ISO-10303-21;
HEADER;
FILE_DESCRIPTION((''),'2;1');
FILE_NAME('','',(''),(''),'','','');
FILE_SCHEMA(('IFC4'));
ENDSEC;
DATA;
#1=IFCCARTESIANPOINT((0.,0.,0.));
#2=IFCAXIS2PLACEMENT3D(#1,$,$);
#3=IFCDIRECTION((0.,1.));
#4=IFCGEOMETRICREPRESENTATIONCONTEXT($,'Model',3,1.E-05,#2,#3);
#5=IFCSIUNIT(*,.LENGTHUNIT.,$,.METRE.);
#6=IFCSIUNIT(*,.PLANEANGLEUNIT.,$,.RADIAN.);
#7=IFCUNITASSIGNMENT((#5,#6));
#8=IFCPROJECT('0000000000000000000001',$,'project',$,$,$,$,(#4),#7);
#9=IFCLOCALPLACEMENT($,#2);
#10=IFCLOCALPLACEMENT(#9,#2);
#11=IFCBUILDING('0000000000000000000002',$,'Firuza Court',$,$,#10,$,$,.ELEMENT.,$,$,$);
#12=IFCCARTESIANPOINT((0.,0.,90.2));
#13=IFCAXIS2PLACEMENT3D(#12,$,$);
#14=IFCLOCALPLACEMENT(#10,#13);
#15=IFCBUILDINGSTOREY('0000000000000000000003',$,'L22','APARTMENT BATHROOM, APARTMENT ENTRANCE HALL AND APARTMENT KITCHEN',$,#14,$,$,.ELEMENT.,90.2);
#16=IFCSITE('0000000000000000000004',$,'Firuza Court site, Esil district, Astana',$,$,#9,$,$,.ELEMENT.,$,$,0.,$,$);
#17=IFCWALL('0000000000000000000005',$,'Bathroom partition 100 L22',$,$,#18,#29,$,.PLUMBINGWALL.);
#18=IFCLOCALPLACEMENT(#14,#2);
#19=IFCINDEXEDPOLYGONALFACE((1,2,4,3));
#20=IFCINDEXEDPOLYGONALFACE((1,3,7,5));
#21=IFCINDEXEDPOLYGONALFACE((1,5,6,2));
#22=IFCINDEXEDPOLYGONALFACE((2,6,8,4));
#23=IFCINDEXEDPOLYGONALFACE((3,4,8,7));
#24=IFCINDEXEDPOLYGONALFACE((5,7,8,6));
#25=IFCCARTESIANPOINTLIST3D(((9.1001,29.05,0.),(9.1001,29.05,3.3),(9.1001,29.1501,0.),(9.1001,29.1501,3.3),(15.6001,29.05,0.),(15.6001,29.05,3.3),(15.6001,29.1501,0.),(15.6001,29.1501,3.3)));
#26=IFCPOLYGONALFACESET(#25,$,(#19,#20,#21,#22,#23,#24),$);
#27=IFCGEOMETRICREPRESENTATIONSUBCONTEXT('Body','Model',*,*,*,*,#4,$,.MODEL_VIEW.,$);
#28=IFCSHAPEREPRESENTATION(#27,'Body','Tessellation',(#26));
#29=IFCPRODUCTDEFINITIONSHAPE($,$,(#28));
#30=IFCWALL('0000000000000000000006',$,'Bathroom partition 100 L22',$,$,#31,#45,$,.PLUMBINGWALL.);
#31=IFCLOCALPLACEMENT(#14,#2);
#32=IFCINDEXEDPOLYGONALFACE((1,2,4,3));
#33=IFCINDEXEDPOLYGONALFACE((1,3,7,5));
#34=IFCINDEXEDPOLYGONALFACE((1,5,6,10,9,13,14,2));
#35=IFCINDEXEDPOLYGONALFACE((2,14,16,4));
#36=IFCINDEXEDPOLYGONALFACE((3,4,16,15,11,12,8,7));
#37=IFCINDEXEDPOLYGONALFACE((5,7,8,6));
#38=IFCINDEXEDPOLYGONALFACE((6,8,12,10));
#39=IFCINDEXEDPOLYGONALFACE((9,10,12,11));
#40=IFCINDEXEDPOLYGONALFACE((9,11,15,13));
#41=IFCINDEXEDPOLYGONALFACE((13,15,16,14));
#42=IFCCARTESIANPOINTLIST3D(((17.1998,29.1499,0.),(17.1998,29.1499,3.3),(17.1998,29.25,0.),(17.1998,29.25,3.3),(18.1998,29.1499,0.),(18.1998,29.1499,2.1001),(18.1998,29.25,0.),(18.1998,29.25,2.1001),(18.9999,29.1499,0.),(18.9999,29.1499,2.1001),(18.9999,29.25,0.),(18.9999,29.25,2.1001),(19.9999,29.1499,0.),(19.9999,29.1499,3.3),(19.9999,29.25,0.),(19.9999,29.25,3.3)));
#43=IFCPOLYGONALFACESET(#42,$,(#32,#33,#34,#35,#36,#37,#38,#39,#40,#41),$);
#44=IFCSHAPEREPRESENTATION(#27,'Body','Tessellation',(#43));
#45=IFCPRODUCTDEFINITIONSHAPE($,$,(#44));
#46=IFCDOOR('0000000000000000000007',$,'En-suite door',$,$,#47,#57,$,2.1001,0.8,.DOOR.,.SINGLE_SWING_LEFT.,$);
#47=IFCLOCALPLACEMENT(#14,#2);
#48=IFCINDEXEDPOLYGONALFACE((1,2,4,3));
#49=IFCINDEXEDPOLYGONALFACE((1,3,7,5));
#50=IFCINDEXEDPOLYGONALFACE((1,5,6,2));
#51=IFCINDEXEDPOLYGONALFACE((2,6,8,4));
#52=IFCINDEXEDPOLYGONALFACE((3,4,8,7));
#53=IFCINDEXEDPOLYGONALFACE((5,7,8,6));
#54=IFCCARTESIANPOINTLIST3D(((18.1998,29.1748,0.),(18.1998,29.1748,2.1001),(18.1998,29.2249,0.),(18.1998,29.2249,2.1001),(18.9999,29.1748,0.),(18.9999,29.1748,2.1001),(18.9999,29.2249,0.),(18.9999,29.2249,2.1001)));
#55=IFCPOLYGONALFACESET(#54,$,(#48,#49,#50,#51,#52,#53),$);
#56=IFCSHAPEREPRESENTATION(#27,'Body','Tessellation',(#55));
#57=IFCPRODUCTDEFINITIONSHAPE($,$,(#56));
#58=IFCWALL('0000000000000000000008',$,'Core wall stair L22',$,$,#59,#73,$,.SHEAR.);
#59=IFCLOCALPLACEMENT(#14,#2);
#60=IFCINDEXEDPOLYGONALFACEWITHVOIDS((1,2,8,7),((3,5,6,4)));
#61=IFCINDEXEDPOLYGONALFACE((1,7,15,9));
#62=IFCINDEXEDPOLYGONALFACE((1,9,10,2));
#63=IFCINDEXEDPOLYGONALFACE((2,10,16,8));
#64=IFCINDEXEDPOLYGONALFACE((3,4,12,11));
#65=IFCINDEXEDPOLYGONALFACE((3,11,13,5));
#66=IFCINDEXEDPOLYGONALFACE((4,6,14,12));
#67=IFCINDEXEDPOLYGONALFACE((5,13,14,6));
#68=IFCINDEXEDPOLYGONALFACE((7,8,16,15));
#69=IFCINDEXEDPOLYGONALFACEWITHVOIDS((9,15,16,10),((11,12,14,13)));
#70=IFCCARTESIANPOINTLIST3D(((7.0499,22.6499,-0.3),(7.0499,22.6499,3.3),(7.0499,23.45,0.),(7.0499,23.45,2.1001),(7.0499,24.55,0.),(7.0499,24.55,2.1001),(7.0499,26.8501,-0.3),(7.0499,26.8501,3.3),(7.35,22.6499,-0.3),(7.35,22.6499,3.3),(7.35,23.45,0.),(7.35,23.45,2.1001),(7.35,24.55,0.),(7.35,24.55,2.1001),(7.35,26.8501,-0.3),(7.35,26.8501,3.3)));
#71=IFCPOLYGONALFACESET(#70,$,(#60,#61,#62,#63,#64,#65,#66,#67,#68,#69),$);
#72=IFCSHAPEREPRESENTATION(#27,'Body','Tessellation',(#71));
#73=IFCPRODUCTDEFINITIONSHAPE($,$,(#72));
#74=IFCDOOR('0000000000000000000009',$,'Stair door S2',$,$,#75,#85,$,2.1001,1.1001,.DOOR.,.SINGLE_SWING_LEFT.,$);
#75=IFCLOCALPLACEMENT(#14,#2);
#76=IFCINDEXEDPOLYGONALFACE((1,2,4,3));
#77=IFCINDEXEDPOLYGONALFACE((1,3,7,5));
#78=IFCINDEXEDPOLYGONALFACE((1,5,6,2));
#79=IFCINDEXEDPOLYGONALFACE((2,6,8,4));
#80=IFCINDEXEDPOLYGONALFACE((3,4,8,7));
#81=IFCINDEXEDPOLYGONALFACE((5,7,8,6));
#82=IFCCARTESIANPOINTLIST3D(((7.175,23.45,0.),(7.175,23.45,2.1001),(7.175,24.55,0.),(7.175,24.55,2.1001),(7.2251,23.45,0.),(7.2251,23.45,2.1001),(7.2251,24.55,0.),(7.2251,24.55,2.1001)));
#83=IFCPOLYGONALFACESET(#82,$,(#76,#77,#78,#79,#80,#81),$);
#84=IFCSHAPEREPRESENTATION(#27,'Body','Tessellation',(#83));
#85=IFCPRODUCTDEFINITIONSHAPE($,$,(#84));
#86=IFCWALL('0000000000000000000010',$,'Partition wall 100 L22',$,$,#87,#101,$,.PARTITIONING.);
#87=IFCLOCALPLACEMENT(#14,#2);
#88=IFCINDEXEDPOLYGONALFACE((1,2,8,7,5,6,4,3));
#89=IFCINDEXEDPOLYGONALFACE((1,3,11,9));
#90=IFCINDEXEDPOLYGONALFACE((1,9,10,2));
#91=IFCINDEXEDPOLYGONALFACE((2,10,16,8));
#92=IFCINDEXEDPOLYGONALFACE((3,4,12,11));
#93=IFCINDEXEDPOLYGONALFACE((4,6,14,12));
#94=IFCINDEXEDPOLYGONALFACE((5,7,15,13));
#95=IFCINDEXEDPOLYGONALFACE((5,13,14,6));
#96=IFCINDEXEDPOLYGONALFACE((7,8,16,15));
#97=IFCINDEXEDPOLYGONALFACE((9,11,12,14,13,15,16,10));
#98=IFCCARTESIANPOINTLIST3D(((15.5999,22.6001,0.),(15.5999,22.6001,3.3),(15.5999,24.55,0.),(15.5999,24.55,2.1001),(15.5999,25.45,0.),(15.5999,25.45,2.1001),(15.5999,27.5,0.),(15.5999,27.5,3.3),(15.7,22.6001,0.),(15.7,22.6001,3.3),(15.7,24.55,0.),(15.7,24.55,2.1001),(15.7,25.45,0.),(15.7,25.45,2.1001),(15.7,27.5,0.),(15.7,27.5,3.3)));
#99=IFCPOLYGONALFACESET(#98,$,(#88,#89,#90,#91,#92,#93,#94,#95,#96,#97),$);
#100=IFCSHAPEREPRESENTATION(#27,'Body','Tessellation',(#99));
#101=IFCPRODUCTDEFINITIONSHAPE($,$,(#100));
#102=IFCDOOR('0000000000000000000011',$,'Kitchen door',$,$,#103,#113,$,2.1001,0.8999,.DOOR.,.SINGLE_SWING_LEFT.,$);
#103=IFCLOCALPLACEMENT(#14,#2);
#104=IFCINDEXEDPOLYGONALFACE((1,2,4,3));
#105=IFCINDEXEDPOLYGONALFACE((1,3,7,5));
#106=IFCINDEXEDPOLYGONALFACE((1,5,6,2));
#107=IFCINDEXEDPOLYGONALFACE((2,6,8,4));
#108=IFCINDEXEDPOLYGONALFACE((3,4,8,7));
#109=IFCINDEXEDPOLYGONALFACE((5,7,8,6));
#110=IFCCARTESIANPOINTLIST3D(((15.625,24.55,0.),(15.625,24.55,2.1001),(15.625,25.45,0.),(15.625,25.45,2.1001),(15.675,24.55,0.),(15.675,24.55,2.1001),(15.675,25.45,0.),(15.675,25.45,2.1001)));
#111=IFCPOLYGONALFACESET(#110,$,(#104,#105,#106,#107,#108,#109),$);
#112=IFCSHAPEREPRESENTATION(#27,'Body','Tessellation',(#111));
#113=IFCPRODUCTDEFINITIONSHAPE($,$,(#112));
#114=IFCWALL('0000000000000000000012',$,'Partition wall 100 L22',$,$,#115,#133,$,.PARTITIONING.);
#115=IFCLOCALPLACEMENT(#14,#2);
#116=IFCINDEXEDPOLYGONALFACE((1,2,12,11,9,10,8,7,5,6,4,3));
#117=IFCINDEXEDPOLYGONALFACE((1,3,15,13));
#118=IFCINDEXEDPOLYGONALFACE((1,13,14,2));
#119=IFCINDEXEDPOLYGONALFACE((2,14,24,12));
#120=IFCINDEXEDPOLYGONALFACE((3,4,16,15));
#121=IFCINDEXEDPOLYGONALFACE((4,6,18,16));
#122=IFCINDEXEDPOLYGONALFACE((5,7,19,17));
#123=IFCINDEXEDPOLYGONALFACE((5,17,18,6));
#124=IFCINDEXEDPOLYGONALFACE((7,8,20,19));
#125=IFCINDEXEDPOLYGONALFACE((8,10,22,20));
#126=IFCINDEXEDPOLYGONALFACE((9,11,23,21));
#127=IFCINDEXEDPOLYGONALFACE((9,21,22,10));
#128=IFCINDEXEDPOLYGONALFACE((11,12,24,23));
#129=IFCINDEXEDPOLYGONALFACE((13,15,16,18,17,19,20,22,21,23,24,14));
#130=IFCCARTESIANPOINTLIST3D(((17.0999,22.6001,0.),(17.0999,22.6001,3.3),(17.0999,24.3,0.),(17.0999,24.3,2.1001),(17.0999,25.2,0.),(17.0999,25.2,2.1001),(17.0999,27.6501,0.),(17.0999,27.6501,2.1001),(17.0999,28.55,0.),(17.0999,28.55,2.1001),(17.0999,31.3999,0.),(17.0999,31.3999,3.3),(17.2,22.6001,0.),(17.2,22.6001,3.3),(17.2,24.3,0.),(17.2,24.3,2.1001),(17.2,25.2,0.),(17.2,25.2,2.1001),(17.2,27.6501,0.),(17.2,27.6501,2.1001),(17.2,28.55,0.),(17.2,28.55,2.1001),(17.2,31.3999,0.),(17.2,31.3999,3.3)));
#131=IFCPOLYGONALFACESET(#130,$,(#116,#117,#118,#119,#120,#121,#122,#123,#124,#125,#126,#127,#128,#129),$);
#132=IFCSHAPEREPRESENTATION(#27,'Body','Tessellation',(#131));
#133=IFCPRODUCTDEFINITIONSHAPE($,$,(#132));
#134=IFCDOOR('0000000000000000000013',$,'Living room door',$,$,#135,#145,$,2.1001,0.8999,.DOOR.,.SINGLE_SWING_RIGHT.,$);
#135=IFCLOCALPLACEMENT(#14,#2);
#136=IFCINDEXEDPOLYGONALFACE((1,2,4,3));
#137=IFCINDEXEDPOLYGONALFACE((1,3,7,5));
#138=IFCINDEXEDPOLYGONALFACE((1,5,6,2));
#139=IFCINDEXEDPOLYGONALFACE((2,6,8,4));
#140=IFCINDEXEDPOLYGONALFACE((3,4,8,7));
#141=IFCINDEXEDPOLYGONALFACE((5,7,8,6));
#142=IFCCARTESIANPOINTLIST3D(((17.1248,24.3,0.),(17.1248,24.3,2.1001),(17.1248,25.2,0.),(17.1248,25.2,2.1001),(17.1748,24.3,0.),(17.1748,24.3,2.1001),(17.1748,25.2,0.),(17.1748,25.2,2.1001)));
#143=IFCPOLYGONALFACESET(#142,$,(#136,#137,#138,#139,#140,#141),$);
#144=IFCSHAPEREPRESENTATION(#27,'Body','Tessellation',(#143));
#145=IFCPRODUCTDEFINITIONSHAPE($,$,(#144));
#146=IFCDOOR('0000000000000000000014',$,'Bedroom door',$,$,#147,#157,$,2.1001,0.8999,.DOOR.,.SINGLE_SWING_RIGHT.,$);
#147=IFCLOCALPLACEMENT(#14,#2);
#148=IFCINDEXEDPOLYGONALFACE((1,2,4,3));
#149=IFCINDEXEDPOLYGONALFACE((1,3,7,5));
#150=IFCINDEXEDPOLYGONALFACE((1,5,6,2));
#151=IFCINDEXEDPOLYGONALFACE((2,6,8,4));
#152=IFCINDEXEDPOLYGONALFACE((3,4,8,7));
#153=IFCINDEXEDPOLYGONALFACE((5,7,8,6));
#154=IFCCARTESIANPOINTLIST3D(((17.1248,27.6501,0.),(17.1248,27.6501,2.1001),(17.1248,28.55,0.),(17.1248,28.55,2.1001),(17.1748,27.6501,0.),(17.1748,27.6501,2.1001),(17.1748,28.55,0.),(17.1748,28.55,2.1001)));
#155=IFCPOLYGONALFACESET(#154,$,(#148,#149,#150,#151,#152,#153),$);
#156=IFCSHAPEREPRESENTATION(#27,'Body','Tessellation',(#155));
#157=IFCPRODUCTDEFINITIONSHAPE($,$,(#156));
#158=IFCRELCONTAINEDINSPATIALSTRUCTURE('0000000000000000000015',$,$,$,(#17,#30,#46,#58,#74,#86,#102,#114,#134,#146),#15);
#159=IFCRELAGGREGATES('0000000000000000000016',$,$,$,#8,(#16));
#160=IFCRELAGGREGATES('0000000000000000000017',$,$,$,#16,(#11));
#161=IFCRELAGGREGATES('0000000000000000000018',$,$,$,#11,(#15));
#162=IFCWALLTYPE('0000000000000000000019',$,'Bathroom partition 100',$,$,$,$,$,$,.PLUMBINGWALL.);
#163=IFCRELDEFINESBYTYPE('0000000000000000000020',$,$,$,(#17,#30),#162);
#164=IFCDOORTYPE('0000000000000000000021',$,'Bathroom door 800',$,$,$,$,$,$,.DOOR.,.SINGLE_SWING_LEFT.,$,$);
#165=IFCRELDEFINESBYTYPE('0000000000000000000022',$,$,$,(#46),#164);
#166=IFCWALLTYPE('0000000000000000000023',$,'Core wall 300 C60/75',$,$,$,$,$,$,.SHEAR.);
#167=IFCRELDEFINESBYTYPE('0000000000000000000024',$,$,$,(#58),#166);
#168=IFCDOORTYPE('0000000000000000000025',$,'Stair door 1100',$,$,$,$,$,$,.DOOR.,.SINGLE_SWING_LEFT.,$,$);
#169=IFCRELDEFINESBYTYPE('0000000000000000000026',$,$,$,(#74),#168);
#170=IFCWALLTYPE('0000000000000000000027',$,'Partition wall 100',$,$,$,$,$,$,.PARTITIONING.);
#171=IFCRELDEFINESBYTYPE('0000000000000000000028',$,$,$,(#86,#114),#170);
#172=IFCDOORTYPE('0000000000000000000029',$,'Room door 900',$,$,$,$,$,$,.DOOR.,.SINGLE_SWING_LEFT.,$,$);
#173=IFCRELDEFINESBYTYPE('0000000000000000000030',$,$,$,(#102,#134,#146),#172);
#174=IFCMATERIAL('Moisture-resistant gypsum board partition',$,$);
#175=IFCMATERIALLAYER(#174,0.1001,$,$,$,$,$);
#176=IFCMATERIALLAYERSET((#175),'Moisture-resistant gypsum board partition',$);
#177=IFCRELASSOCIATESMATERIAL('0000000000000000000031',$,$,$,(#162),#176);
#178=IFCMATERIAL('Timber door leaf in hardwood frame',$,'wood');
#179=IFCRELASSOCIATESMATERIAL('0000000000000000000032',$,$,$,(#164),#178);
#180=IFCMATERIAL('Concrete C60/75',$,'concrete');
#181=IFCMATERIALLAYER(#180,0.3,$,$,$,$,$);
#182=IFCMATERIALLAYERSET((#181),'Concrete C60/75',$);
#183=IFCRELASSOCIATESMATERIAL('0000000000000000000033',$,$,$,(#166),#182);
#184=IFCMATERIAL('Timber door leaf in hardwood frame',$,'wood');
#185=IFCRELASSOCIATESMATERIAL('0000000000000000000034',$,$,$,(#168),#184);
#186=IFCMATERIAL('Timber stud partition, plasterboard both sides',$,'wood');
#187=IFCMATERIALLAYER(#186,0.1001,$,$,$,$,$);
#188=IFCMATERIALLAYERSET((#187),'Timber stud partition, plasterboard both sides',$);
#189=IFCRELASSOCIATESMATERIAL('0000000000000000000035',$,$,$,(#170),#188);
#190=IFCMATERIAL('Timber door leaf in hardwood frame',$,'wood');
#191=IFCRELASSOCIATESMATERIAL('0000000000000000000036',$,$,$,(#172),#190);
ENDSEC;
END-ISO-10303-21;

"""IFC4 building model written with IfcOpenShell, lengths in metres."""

from ifc_helpers import new_model, si_unit, direction, frame, frame_2d, origin, place, context, subcontext, project, spatial, rectangle, extrude, material, layer, layer_set, type_object, element, fill, save


model = new_model("IFC4")

# Units and contexts
model_context = context("Model", 3, precision=1e-05, world=origin(), true_north=direction((0.0, 1.0)))
body_context = subcontext(model_context, "Body", "Model", "MODEL_VIEW")
ifc_project = project(units=[si_unit("LENGTHUNIT", "METRE"), si_unit("PLANEANGLEUNIT", "RADIAN")], contexts=[model_context])

# Site, building, storey
site_placement = place(None, origin())
site = spatial("IfcSite", under=ifc_project, at=site_placement, Name="Firuza Court site, Esil district, Astana", CompositionType="ELEMENT", RefElevation=0.0)
building_placement = place(site_placement, origin())
building = spatial("IfcBuilding", under=site, at=building_placement, Name="Firuza Court", CompositionType="ELEMENT")
storey_placement = place(building_placement, frame((0.0, 0.0, 90.2)))
storey = spatial("IfcBuildingStorey", under=building, at=storey_placement, Name="L22", Description="APARTMENT BATHROOM, APARTMENT ENTRANCE HALL AND APARTMENT KITCHEN", CompositionType="ELEMENT", Elevation=90.2)

# Wall
ifc_material_1 = material(Name="Moisture-resistant gypsum board partition")
ifc_layer_1 = layer(ifc_material_1, 0.1001)
ifc_layer_set_1 = layer_set([ifc_layer_1], Name="Moisture-resistant gypsum board partition")
wall_type_1 = type_object("IfcWallType", Name="Bathroom partition 100", PredefinedType="PLUMBINGWALL", material=ifc_layer_set_1)
wall_1_placement = place(storey_placement, frame((9.1001, 29.1001, 0.0), z_axis=(0.0, 0.0, 1.0), x_axis=(1.0, 0.0, 0.0)))
element("IfcWall", 1, at=wall_1_placement, inside=storey, type_object=wall_type_1, Name="Bathroom partition 100 L22", PredefinedType="PLUMBINGWALL", context=body_context, shape_type="SweptSolid", body=[
    extrude(rectangle(XDim=6.5, YDim=0.1001, at=frame_2d((3.25, 0.0))), origin(), (0.0, 0.0, 1.0), 3.3),
])

# Walls, openings, doors
wall_2_placement = place(storey_placement, frame((17.2, 29.2, 0.0), z_axis=(0.0, 0.0, 1.0), x_axis=(1.0, 0.0, 0.0)))
wall_2 = element("IfcWall", 2, at=wall_2_placement, inside=storey, type_object=wall_type_1, Name="Bathroom partition 100 L22", PredefinedType="PLUMBINGWALL", context=body_context, shape_type="SweptSolid", body=[
    extrude(rectangle(XDim=2.8, YDim=0.1001, at=frame_2d((1.3999, 0.0))), origin(), (0.0, 0.0, 1.0), 3.3),
])
opening_1_placement = place(wall_2_placement, frame((1.0, 0.0, 0.0)))
opening_1 = element("IfcOpeningElement", 3, at=opening_1_placement, cuts=wall_2, PredefinedType="OPENING", context=body_context, shape_type="SweptSolid", body=[
    extrude(rectangle(XDim=0.8, YDim=2.1001, at=frame_2d((0.3999, 1.05))), frame((0.0, 0.062, 0.0), z_axis=(0.0, -1.0, 0.0), x_axis=(1.0, 0.0, 0.0)), (0.0, 0.0, 1.0), 0.124),
])
ifc_material_2 = material(Name="Timber door leaf in hardwood frame", Category="wood")
door_type_1 = type_object("IfcDoorType", Name="Bathroom door 800", OperationType="SINGLE_SWING_LEFT", PredefinedType="DOOR", material=ifc_material_2)
door_1_placement = place(opening_1_placement, origin())
door_1 = element("IfcDoor", 4, at=door_1_placement, inside=storey, type_object=door_type_1, Name="En-suite door", OperationType="SINGLE_SWING_LEFT", OverallHeight=2.1001, OverallWidth=0.8, PredefinedType="DOOR", context=body_context, shape_type="SweptSolid", body=[
    extrude(rectangle(XDim=0.8, YDim=2.1001, at=frame_2d((0.3999, 1.05))), frame((0.0, 0.0249, 0.0), z_axis=(0.0, -1.0, 0.0), x_axis=(1.0, 0.0, 0.0)), (0.0, 0.0, 1.0), 0.05),
])
fill(opening_1, door_1)
ifc_material_3 = material(Name="Concrete C60/75", Category="concrete")
ifc_layer_2 = layer(ifc_material_3, 0.3)
ifc_layer_set_2 = layer_set([ifc_layer_2], Name="Concrete C60/75")
wall_type_2 = type_object("IfcWallType", Name="Core wall 300 C60/75", PredefinedType="SHEAR", material=ifc_layer_set_2)
wall_3_placement = place(storey_placement, frame((7.2, 22.6499, -0.3), z_axis=(0.0, 0.0, 1.0), x_axis=(0.0, 1.0, 0.0)))
wall_3 = element("IfcWall", 5, at=wall_3_placement, inside=storey, type_object=wall_type_2, Name="Core wall stair L22", PredefinedType="SHEAR", context=body_context, shape_type="SweptSolid", body=[
    extrude(rectangle(XDim=4.2002, YDim=0.3, at=frame_2d((2.1001, 0.0))), origin(), (0.0, 0.0, 1.0), 3.6001),
])
opening_2_placement = place(wall_3_placement, frame((0.8, 0.0, 0.3)))
opening_2 = element("IfcOpeningElement", 6, at=opening_2_placement, cuts=wall_3, PredefinedType="OPENING", context=body_context, shape_type="SweptSolid", body=[
    extrude(rectangle(XDim=1.1001, YDim=2.1001, at=frame_2d((0.55, 1.05))), frame((0.0, 0.1621, 0.0), z_axis=(0.0, -1.0, 0.0), x_axis=(1.0, 0.0, 0.0)), (0.0, 0.0, 1.0), 0.324),
])
ifc_material_4 = material(Name="Timber door leaf in hardwood frame", Category="wood")
door_type_2 = type_object("IfcDoorType", Name="Stair door 1100", OperationType="SINGLE_SWING_LEFT", PredefinedType="DOOR", material=ifc_material_4)
door_2_placement = place(opening_2_placement, origin())
door_2 = element("IfcDoor", 7, at=door_2_placement, inside=storey, type_object=door_type_2, Name="Stair door S2", OperationType="SINGLE_SWING_LEFT", OverallHeight=2.1001, OverallWidth=1.1001, PredefinedType="DOOR", context=body_context, shape_type="SweptSolid", body=[
    extrude(rectangle(XDim=1.1001, YDim=2.1001, at=frame_2d((0.55, 1.05))), frame((0.0, 0.0249, 0.0), z_axis=(0.0, -1.0, 0.0), x_axis=(1.0, 0.0, 0.0)), (0.0, 0.0, 1.0), 0.05),
])
fill(opening_2, door_2)
ifc_material_5 = material(Name="Timber stud partition, plasterboard both sides", Category="wood")
ifc_layer_3 = layer(ifc_material_5, 0.1001)
ifc_layer_set_3 = layer_set([ifc_layer_3], Name="Timber stud partition, plasterboard both sides")
wall_type_3 = type_object("IfcWallType", Name="Partition wall 100", PredefinedType="PARTITIONING", material=ifc_layer_set_3)
wall_4_placement = place(storey_placement, frame((15.6499, 22.6001, 0.0), z_axis=(0.0, 0.0, 1.0), x_axis=(0.0, 1.0, 0.0)))
wall_4 = element("IfcWall", 8, at=wall_4_placement, inside=storey, type_object=wall_type_3, Name="Partition wall 100 L22", PredefinedType="PARTITIONING", context=body_context, shape_type="SweptSolid", body=[
    extrude(rectangle(XDim=4.8999, YDim=0.1001, at=frame_2d((2.45, 0.0))), origin(), (0.0, 0.0, 1.0), 3.3),
])
opening_3_placement = place(wall_4_placement, frame((1.95, 0.0, 0.0)))
opening_3 = element("IfcOpeningElement", 9, at=opening_3_placement, cuts=wall_4, PredefinedType="OPENING", context=body_context, shape_type="SweptSolid", body=[
    extrude(rectangle(XDim=0.8999, YDim=2.1001, at=frame_2d((0.45, 1.05))), frame((0.0, 0.062, 0.0), z_axis=(0.0, -1.0, 0.0), x_axis=(1.0, 0.0, 0.0)), (0.0, 0.0, 1.0), 0.124),
])
ifc_material_6 = material(Name="Timber door leaf in hardwood frame", Category="wood")
door_type_3 = type_object("IfcDoorType", Name="Room door 900", OperationType="SINGLE_SWING_LEFT", PredefinedType="DOOR", material=ifc_material_6)
door_3_placement = place(opening_3_placement, origin())
door_3 = element("IfcDoor", 10, at=door_3_placement, inside=storey, type_object=door_type_3, Name="Kitchen door", OperationType="SINGLE_SWING_LEFT", OverallHeight=2.1001, OverallWidth=0.8999, PredefinedType="DOOR", context=body_context, shape_type="SweptSolid", body=[
    extrude(rectangle(XDim=0.8999, YDim=2.1001, at=frame_2d((0.45, 1.05))), frame((0.0, 0.0249, 0.0), z_axis=(0.0, -1.0, 0.0), x_axis=(1.0, 0.0, 0.0)), (0.0, 0.0, 1.0), 0.05),
])
fill(opening_3, door_3)

# Wall, openings, doors
wall_5_placement = place(storey_placement, frame((17.1499, 22.6001, 0.0), z_axis=(0.0, 0.0, 1.0), x_axis=(0.0, 1.0, 0.0)))
wall_5 = element("IfcWall", 11, at=wall_5_placement, inside=storey, type_object=wall_type_3, Name="Partition wall 100 L22", PredefinedType="PARTITIONING", context=body_context, shape_type="SweptSolid", body=[
    extrude(rectangle(XDim=8.7998, YDim=0.1001, at=frame_2d((4.3999, 0.0))), origin(), (0.0, 0.0, 1.0), 3.3),
])
opening_4_placement = place(wall_5_placement, frame((1.7, 0.0, 0.0)))
opening_4 = element("IfcOpeningElement", 12, at=opening_4_placement, cuts=wall_5, PredefinedType="OPENING", context=body_context, shape_type="SweptSolid", body=[
    extrude(rectangle(XDim=0.8999, YDim=2.1001, at=frame_2d((0.45, 1.05))), frame((0.0, 0.062, 0.0), z_axis=(0.0, -1.0, 0.0), x_axis=(1.0, 0.0, 0.0)), (0.0, 0.0, 1.0), 0.124),
])
opening_5_placement = place(wall_5_placement, frame((5.05, 0.0, 0.0)))
opening_5 = element("IfcOpeningElement", 13, at=opening_5_placement, cuts=wall_5, PredefinedType="OPENING", context=body_context, shape_type="SweptSolid", body=[
    extrude(rectangle(XDim=0.8999, YDim=2.1001, at=frame_2d((0.45, 1.05))), frame((0.0, 0.062, 0.0), z_axis=(0.0, -1.0, 0.0), x_axis=(1.0, 0.0, 0.0)), (0.0, 0.0, 1.0), 0.124),
])
door_4_placement = place(opening_4_placement, frame((0.8999, 0.0, 0.0), z_axis=(0.0, 0.0, 1.0), x_axis=(-1.0, 0.0, 0.0)))
door_4 = element("IfcDoor", 14, at=door_4_placement, inside=storey, type_object=door_type_3, Name="Living room door", OperationType="SINGLE_SWING_RIGHT", OverallHeight=2.1001, OverallWidth=0.8999, PredefinedType="DOOR", context=body_context, shape_type="SweptSolid", body=[
    extrude(rectangle(XDim=0.8999, YDim=2.1001, at=frame_2d((0.45, 1.05))), frame((0.0, 0.0249, 0.0), z_axis=(0.0, -1.0, 0.0), x_axis=(1.0, 0.0, 0.0)), (0.0, 0.0, 1.0), 0.05),
])
fill(opening_4, door_4)
door_5_placement = place(opening_5_placement, frame((0.8999, 0.0, 0.0), z_axis=(0.0, 0.0, 1.0), x_axis=(-1.0, 0.0, 0.0)))
door_5 = element("IfcDoor", 15, at=door_5_placement, inside=storey, type_object=door_type_3, Name="Bedroom door", OperationType="SINGLE_SWING_RIGHT", OverallHeight=2.1001, OverallWidth=0.8999, PredefinedType="DOOR", context=body_context, shape_type="SweptSolid", body=[
    extrude(rectangle(XDim=0.8999, YDim=2.1001, at=frame_2d((0.45, 1.05))), frame((0.0, 0.0249, 0.0), z_axis=(0.0, -1.0, 0.0), x_axis=(1.0, 0.0, 0.0)), (0.0, 0.0, 1.0), 0.05),
])
fill(opening_5, door_5)

save(model, "model.ifc")
